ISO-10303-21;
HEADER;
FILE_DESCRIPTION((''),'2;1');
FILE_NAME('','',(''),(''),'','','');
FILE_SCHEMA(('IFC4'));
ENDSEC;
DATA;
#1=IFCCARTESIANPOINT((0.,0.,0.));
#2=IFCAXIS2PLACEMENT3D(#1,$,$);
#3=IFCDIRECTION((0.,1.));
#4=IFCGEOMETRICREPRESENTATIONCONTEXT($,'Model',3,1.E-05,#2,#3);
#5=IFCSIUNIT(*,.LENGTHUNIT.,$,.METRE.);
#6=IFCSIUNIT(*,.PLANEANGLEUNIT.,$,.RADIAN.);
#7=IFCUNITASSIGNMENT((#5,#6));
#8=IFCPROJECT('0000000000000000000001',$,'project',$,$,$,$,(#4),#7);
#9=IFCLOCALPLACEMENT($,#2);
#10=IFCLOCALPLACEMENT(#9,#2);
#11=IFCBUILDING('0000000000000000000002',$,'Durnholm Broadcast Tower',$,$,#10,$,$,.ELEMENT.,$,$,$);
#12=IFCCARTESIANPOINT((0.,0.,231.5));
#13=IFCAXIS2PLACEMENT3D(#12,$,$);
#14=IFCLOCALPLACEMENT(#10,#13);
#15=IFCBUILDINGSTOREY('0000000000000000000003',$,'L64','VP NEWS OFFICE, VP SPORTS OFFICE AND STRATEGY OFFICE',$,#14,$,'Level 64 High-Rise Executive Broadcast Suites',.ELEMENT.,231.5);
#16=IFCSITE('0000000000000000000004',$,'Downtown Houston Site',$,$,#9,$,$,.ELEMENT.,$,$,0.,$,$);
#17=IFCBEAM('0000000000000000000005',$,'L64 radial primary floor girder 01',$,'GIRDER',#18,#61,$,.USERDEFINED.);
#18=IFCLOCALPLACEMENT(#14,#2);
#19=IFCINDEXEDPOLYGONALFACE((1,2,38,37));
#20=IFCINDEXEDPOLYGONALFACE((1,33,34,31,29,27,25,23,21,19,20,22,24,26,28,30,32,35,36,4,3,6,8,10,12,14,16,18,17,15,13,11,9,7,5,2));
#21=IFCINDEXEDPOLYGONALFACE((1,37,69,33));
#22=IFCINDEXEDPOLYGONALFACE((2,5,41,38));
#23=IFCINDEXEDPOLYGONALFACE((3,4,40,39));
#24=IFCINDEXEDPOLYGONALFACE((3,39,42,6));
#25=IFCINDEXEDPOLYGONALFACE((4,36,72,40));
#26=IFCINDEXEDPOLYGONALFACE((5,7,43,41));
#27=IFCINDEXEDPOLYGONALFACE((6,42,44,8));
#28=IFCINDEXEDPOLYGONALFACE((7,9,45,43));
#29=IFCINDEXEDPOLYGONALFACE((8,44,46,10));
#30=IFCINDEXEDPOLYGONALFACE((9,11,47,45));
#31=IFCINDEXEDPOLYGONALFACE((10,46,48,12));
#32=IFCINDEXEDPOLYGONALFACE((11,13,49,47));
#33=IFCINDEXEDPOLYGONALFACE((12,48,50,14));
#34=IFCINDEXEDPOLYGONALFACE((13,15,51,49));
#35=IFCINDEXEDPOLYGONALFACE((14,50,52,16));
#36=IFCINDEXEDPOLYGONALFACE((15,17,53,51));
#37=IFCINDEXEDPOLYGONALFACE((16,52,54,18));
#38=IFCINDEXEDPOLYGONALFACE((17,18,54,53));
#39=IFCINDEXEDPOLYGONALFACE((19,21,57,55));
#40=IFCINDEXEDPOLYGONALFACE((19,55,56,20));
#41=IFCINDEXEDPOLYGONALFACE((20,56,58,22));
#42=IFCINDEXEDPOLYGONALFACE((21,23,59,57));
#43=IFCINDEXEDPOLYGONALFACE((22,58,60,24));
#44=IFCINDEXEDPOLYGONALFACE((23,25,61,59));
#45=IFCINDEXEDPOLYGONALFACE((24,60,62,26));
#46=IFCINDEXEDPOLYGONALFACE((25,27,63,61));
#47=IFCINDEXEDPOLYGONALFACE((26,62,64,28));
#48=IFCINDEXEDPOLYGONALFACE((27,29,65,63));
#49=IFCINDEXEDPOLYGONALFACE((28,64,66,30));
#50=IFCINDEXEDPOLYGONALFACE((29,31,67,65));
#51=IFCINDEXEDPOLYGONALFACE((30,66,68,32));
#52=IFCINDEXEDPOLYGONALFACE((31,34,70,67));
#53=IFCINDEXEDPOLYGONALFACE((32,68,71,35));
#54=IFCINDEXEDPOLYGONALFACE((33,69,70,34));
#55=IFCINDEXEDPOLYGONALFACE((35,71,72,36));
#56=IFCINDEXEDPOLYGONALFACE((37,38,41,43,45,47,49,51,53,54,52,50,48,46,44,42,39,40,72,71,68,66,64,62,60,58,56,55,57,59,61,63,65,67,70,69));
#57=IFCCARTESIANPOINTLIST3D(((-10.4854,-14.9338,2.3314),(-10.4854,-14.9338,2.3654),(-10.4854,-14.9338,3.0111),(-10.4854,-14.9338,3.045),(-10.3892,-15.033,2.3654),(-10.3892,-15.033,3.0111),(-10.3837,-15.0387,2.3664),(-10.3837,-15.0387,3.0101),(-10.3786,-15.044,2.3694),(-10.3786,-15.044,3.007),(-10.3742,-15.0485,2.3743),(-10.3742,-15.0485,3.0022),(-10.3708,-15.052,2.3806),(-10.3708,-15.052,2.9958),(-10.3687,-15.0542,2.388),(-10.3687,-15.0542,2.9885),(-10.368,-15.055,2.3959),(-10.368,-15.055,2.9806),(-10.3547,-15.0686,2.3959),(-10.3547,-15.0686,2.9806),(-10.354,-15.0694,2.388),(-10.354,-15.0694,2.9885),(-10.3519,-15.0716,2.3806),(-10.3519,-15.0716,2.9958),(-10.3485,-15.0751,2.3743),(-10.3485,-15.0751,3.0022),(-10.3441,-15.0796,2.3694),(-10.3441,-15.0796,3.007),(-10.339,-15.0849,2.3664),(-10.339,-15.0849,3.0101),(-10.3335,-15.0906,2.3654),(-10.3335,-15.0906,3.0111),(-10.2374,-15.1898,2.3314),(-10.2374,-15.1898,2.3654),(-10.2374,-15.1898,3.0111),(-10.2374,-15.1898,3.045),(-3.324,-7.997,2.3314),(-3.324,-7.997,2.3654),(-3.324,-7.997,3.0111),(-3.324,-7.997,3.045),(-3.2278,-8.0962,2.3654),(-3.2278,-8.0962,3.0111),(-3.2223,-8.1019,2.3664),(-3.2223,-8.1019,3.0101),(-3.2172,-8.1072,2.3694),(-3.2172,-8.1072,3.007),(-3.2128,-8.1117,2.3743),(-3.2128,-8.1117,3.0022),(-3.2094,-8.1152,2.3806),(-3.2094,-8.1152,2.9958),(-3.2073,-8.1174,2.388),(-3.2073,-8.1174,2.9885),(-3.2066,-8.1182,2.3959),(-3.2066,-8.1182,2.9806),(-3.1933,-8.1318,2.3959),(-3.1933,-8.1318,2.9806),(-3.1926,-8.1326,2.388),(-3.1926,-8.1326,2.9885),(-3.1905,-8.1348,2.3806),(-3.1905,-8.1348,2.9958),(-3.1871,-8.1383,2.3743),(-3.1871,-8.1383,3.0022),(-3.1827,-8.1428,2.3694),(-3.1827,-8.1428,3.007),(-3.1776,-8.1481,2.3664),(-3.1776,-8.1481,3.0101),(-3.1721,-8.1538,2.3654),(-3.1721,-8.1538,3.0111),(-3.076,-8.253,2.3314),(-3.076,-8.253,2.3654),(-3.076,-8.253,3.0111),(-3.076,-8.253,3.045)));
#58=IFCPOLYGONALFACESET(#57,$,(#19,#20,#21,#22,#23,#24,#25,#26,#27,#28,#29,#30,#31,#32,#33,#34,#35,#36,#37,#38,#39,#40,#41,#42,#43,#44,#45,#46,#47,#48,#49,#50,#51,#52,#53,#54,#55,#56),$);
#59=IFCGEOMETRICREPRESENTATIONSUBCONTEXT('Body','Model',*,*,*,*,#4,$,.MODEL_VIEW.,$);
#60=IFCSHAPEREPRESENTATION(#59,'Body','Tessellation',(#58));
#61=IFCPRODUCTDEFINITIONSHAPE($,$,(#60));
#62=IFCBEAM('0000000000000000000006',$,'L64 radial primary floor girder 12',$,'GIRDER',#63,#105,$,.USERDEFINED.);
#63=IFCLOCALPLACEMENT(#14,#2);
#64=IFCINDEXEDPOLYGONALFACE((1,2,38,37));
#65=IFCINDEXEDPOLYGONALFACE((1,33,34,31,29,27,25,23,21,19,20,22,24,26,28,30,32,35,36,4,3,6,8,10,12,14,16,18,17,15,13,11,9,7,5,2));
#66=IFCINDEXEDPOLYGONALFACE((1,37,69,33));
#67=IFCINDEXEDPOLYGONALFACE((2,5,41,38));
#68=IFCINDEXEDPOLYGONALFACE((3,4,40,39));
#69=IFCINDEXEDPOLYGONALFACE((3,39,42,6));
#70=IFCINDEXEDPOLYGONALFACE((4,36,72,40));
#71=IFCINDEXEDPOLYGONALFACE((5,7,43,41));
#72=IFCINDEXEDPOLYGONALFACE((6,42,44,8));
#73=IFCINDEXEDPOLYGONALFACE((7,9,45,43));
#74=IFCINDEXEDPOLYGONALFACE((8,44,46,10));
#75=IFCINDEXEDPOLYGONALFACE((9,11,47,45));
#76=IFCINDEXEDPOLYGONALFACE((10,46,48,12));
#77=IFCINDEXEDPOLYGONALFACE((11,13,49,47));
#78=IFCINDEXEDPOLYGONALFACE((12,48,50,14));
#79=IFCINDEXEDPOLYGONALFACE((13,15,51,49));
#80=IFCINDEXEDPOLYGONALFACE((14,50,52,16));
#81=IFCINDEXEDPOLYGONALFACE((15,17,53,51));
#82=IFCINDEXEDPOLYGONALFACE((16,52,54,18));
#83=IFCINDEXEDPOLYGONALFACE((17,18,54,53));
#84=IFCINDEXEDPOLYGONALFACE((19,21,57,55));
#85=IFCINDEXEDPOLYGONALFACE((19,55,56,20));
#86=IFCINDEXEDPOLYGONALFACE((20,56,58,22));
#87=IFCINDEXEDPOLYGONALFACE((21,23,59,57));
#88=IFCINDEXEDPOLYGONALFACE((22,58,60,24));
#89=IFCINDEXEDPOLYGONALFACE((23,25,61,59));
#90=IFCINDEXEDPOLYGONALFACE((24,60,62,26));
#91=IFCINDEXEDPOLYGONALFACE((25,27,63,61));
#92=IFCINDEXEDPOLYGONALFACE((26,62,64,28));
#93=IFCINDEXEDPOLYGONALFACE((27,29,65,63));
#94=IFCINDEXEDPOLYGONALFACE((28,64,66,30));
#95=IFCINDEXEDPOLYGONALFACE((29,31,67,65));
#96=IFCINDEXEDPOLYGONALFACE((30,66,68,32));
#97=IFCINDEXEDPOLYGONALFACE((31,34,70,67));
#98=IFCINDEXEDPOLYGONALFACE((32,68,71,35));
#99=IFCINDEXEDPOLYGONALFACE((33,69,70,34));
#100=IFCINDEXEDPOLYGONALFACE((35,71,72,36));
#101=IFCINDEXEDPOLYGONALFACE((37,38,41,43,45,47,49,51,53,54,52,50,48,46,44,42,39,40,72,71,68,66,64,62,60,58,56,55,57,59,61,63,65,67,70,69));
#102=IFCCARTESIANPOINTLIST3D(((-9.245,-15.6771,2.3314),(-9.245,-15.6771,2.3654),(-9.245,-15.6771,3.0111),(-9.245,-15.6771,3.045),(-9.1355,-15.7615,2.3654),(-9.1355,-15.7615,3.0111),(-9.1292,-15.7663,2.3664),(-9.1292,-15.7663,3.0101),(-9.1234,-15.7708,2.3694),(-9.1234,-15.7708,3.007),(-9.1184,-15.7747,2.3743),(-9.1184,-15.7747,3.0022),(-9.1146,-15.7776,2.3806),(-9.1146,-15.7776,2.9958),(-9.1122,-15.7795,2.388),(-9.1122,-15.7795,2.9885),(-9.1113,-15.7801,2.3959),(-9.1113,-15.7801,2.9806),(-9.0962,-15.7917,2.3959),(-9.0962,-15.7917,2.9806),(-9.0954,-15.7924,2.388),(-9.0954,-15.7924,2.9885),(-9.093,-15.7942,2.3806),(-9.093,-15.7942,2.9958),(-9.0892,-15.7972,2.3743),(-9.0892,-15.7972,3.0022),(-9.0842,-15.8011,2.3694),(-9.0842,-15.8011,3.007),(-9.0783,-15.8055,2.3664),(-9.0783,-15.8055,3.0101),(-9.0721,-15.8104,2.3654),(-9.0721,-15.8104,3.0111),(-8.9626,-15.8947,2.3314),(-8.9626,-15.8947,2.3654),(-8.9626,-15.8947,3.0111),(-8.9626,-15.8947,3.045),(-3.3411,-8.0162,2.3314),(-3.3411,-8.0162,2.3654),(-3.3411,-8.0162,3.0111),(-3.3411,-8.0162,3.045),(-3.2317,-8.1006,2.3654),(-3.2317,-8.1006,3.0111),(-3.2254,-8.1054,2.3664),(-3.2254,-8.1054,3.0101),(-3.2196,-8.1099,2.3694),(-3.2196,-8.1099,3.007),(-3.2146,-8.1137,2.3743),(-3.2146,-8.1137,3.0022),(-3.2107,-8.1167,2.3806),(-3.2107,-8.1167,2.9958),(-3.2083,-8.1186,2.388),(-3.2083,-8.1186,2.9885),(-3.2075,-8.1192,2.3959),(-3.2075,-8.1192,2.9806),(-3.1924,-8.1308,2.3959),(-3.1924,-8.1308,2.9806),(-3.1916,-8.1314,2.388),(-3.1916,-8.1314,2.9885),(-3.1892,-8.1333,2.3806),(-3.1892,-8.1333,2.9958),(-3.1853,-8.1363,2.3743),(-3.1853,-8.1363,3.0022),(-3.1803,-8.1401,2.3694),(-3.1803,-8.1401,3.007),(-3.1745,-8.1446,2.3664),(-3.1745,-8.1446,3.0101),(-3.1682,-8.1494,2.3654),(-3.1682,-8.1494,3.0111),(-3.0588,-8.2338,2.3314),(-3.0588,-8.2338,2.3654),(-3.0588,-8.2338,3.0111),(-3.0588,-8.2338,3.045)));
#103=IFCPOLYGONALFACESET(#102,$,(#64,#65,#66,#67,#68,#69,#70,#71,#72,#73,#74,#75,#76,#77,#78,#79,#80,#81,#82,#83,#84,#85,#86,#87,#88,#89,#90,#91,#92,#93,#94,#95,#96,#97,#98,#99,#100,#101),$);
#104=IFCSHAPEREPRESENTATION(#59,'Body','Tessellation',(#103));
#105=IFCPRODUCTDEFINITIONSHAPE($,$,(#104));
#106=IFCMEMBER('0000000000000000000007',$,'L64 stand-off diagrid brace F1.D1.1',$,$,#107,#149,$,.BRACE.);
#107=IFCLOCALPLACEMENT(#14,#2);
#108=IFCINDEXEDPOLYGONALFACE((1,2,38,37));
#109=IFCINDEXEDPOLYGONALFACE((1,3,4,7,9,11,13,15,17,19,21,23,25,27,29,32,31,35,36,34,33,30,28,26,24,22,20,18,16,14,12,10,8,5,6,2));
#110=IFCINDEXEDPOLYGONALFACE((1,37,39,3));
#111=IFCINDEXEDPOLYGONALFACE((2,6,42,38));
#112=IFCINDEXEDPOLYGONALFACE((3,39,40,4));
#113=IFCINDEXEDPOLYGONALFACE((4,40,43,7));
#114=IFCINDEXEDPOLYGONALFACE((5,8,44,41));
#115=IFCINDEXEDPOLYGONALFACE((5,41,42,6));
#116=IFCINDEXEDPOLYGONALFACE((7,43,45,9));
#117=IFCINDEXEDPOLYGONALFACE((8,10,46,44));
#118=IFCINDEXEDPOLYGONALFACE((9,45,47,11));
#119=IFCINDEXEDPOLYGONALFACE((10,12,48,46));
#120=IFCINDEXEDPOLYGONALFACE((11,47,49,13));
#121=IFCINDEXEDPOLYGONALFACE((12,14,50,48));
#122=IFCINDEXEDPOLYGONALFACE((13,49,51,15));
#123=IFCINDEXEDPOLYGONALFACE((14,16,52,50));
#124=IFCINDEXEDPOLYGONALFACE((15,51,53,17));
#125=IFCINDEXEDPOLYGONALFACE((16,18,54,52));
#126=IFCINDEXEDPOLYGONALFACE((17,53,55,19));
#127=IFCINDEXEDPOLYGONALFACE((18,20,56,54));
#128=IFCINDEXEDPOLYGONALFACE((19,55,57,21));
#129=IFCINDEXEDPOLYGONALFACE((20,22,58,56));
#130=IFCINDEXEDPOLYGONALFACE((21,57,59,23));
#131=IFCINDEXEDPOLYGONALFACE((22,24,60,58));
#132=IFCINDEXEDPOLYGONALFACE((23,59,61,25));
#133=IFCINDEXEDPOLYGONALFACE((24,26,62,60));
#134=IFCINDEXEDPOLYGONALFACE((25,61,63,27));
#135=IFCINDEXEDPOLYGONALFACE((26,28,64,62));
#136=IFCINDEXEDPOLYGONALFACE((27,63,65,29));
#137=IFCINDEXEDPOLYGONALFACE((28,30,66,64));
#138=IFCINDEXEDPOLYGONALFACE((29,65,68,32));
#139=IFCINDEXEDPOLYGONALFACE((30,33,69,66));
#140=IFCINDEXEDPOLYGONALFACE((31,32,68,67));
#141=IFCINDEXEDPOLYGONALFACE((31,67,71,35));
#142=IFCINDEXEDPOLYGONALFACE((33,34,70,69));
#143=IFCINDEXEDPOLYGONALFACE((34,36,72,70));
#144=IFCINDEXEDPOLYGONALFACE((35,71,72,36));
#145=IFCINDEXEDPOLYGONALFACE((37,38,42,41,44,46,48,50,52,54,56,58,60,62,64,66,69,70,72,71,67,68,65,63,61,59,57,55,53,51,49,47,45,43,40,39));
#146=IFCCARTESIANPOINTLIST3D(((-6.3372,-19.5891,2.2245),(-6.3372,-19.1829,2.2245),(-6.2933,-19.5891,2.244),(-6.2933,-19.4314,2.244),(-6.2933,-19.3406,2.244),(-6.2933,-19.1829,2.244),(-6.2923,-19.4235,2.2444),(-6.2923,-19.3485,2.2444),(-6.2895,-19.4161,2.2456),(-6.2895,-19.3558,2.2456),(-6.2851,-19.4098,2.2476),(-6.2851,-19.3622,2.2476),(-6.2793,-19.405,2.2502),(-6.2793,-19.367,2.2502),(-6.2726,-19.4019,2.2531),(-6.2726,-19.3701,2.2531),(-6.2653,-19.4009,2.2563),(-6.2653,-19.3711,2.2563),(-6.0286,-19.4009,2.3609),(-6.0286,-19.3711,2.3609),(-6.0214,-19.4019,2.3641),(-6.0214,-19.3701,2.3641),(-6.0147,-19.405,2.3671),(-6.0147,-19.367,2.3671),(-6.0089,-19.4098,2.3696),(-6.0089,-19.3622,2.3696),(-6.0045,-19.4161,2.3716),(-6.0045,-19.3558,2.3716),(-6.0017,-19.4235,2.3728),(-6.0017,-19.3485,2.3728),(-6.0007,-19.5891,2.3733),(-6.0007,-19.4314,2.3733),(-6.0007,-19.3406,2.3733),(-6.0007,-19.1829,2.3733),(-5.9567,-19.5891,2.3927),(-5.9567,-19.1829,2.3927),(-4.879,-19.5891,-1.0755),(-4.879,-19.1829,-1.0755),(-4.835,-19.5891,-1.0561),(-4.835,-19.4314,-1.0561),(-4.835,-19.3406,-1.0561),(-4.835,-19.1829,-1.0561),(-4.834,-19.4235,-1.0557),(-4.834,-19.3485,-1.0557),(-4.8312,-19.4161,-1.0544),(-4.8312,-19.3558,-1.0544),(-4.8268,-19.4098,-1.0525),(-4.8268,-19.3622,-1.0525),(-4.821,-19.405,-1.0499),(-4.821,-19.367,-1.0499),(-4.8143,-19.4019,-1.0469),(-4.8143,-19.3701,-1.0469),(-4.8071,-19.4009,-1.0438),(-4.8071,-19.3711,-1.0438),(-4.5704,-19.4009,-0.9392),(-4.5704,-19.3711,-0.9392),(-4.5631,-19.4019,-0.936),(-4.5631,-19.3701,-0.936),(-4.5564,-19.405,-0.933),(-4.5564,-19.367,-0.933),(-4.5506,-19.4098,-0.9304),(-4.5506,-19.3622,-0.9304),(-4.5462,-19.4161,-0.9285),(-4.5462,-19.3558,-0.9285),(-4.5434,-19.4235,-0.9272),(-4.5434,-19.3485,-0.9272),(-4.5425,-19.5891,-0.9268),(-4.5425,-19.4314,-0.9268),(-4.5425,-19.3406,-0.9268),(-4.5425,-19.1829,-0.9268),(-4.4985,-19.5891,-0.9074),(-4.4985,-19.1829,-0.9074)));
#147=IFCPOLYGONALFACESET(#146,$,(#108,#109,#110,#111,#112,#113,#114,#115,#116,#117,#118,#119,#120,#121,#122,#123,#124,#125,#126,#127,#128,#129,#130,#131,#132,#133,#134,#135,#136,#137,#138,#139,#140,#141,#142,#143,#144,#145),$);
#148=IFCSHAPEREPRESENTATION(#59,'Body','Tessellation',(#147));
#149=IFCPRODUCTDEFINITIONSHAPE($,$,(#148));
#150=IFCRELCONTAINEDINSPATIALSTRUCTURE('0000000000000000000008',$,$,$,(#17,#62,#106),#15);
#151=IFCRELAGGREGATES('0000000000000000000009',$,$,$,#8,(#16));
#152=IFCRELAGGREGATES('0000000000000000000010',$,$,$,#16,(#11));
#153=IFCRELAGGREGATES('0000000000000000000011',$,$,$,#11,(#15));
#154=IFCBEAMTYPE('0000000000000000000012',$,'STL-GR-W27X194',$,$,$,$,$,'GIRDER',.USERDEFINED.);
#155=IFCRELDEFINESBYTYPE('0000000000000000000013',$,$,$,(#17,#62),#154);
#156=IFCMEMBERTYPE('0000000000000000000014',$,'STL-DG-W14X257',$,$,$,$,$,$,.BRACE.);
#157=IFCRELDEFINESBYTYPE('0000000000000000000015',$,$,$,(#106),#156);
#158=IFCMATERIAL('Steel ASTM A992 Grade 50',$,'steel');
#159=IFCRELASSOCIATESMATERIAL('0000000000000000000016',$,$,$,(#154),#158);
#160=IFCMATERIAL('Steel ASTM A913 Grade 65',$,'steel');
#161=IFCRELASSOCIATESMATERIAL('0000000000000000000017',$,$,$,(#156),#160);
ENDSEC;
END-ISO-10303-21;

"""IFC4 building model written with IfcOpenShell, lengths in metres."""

from ifc_helpers import new_model, si_unit, direction, frame, origin, origin_2d, place, context, subcontext, project, spatial, i_section, extrude, source, transform, mapped, material, material_profile, profile_set, type_object, type_shapes, element, save


model = new_model("IFC4")

# Units and contexts
model_context = context("Model", 3, precision=1e-05, world=origin(), true_north=direction((0.0, 1.0)))
body_context = subcontext(model_context, "Body", "Model", "MODEL_VIEW")
ifc_project = project(units=[si_unit("LENGTHUNIT", "METRE"), si_unit("PLANEANGLEUNIT", "RADIAN")], contexts=[model_context])

# Site, building, storey
site_placement = place(None, origin())
site = spatial("IfcSite", under=ifc_project, at=site_placement, Name="Downtown Houston Site", CompositionType="ELEMENT", RefElevation=0.0)
building_placement = place(site_placement, origin())
building = spatial("IfcBuilding", under=site, at=building_placement, Name="Durnholm Broadcast Tower", CompositionType="ELEMENT")
storey_placement = place(building_placement, frame((0.0, 0.0, 231.5)))
storey = spatial("IfcBuildingStorey", under=building, at=storey_placement, Name="L64", Description="VP NEWS OFFICE, VP SPORTS OFFICE AND STRATEGY OFFICE", LongName="Level 64 High-Rise Executive Broadcast Suites", CompositionType="ELEMENT", Elevation=231.5)

# Beams
ifc_material_1 = material(Name="Steel ASTM A992 Grade 50", Category="steel")
ifc_material_profile_1 = material_profile(ifc_material_1, i_section(OverallWidth=0.3564, OverallDepth=0.7136, WebThickness=0.019, FlangeThickness=0.0339, FilletRadius=0.0305, at=origin_2d()), Name="W27X194")
ifc_profile_set_1 = profile_set([ifc_material_profile_1], Name="Steel ASTM A992 Grade 50")
beam_type_1 = type_object("IfcBeamType", Name="STL-GR-W27X194", ElementType="GIRDER", PredefinedType="USERDEFINED", material=ifc_profile_set_1)
shared_shape_1 = source(origin(), body_context, "Body", "SweptSolid", [
    extrude(i_section(OverallWidth=0.3564, OverallDepth=0.7136, WebThickness=0.019, FlangeThickness=0.0339, FilletRadius=0.0305, at=origin_2d()), origin(), (0.0, 0.0, 1.0), 9.9702),
])
beam_1_placement = place(storey_placement, frame((-3.2, -8.125, 2.6882), z_axis=(-0.718281, -0.695753, 0.0), x_axis=(0.695753, -0.718281, 0.0)))
element("IfcBeam", 1, at=beam_1_placement, inside=storey, type_object=beam_type_1, Name="L64 radial primary floor girder 01", ObjectType="GIRDER", PredefinedType="USERDEFINED", context=body_context, shape_type="MappedRepresentation", body=[
    mapped(shared_shape_1, transform((0.0, 0.0, 0.0), x_axis=(1.0, 0.0, 0.0), y_axis=(0.0, 1.0, 0.0), z_axis=(0.0, 0.0, 1.0), scale=1.0)),
])
shared_shape_2 = source(origin(), body_context, "Body", "SweptSolid", [
    extrude(i_section(OverallWidth=0.3564, OverallDepth=0.7136, WebThickness=0.019, FlangeThickness=0.0339, FilletRadius=0.0305, at=origin_2d()), origin(), (0.0, 0.0, 1.0), 9.6719),
])
type_shapes(beam_type_1, [shared_shape_1, shared_shape_2])
beam_2_placement = place(storey_placement, frame((-3.2, -8.125, 2.6882), z_axis=(-0.610413, -0.792083, 0.0), x_axis=(0.792083, -0.610413, 0.0)))
element("IfcBeam", 2, at=beam_2_placement, inside=storey, type_object=beam_type_1, Name="L64 radial primary floor girder 12", ObjectType="GIRDER", PredefinedType="USERDEFINED", context=body_context, shape_type="MappedRepresentation", body=[
    mapped(shared_shape_2, transform((0.0, 0.0, 0.0), x_axis=(1.0, 0.0, 0.0), y_axis=(0.0, 1.0, 0.0), z_axis=(0.0, 0.0, 1.0), scale=1.0)),
])

# Member
ifc_material_2 = material(Name="Steel ASTM A913 Grade 65", Category="steel")
ifc_material_profile_2 = material_profile(ifc_material_2, i_section(OverallWidth=0.4062, OverallDepth=0.416, WebThickness=0.0298, FlangeThickness=0.0481, FilletRadius=0.0305, at=origin_2d()), Name="W14X257")
ifc_profile_set_2 = profile_set([ifc_material_profile_2], Name="Steel ASTM A913 Grade 65")
member_type_1 = type_object("IfcMemberType", Name="STL-DG-W14X257", PredefinedType="BRACE", material=ifc_profile_set_2)
shared_shape_3 = source(origin(), body_context, "Body", "SweptSolid", [
    extrude(i_section(OverallWidth=0.4062, OverallDepth=0.416, WebThickness=0.0298, FlangeThickness=0.0481, FilletRadius=0.0305, at=origin_2d()), origin(), (0.0, 0.0, 1.0), 3.6079),
])
member_1_placement = place(storey_placement, frame((-4.6887, -19.386, -0.9915), z_axis=(-0.404185, 0.0, 0.914677), x_axis=(0.0, -1.0, 0.0)))
element("IfcMember", 3, at=member_1_placement, inside=storey, type_object=member_type_1, Name="L64 stand-off diagrid brace F1.D1.1", PredefinedType="BRACE", context=body_context, shape_type="MappedRepresentation", body=[
    mapped(shared_shape_3, transform((0.0, 0.0, 0.0), x_axis=(1.0, 0.0, 0.0), y_axis=(0.0, 1.0, 0.0), z_axis=(0.0, 0.0, 1.0), scale=1.0)),
])

save(model, "model.ifc")
